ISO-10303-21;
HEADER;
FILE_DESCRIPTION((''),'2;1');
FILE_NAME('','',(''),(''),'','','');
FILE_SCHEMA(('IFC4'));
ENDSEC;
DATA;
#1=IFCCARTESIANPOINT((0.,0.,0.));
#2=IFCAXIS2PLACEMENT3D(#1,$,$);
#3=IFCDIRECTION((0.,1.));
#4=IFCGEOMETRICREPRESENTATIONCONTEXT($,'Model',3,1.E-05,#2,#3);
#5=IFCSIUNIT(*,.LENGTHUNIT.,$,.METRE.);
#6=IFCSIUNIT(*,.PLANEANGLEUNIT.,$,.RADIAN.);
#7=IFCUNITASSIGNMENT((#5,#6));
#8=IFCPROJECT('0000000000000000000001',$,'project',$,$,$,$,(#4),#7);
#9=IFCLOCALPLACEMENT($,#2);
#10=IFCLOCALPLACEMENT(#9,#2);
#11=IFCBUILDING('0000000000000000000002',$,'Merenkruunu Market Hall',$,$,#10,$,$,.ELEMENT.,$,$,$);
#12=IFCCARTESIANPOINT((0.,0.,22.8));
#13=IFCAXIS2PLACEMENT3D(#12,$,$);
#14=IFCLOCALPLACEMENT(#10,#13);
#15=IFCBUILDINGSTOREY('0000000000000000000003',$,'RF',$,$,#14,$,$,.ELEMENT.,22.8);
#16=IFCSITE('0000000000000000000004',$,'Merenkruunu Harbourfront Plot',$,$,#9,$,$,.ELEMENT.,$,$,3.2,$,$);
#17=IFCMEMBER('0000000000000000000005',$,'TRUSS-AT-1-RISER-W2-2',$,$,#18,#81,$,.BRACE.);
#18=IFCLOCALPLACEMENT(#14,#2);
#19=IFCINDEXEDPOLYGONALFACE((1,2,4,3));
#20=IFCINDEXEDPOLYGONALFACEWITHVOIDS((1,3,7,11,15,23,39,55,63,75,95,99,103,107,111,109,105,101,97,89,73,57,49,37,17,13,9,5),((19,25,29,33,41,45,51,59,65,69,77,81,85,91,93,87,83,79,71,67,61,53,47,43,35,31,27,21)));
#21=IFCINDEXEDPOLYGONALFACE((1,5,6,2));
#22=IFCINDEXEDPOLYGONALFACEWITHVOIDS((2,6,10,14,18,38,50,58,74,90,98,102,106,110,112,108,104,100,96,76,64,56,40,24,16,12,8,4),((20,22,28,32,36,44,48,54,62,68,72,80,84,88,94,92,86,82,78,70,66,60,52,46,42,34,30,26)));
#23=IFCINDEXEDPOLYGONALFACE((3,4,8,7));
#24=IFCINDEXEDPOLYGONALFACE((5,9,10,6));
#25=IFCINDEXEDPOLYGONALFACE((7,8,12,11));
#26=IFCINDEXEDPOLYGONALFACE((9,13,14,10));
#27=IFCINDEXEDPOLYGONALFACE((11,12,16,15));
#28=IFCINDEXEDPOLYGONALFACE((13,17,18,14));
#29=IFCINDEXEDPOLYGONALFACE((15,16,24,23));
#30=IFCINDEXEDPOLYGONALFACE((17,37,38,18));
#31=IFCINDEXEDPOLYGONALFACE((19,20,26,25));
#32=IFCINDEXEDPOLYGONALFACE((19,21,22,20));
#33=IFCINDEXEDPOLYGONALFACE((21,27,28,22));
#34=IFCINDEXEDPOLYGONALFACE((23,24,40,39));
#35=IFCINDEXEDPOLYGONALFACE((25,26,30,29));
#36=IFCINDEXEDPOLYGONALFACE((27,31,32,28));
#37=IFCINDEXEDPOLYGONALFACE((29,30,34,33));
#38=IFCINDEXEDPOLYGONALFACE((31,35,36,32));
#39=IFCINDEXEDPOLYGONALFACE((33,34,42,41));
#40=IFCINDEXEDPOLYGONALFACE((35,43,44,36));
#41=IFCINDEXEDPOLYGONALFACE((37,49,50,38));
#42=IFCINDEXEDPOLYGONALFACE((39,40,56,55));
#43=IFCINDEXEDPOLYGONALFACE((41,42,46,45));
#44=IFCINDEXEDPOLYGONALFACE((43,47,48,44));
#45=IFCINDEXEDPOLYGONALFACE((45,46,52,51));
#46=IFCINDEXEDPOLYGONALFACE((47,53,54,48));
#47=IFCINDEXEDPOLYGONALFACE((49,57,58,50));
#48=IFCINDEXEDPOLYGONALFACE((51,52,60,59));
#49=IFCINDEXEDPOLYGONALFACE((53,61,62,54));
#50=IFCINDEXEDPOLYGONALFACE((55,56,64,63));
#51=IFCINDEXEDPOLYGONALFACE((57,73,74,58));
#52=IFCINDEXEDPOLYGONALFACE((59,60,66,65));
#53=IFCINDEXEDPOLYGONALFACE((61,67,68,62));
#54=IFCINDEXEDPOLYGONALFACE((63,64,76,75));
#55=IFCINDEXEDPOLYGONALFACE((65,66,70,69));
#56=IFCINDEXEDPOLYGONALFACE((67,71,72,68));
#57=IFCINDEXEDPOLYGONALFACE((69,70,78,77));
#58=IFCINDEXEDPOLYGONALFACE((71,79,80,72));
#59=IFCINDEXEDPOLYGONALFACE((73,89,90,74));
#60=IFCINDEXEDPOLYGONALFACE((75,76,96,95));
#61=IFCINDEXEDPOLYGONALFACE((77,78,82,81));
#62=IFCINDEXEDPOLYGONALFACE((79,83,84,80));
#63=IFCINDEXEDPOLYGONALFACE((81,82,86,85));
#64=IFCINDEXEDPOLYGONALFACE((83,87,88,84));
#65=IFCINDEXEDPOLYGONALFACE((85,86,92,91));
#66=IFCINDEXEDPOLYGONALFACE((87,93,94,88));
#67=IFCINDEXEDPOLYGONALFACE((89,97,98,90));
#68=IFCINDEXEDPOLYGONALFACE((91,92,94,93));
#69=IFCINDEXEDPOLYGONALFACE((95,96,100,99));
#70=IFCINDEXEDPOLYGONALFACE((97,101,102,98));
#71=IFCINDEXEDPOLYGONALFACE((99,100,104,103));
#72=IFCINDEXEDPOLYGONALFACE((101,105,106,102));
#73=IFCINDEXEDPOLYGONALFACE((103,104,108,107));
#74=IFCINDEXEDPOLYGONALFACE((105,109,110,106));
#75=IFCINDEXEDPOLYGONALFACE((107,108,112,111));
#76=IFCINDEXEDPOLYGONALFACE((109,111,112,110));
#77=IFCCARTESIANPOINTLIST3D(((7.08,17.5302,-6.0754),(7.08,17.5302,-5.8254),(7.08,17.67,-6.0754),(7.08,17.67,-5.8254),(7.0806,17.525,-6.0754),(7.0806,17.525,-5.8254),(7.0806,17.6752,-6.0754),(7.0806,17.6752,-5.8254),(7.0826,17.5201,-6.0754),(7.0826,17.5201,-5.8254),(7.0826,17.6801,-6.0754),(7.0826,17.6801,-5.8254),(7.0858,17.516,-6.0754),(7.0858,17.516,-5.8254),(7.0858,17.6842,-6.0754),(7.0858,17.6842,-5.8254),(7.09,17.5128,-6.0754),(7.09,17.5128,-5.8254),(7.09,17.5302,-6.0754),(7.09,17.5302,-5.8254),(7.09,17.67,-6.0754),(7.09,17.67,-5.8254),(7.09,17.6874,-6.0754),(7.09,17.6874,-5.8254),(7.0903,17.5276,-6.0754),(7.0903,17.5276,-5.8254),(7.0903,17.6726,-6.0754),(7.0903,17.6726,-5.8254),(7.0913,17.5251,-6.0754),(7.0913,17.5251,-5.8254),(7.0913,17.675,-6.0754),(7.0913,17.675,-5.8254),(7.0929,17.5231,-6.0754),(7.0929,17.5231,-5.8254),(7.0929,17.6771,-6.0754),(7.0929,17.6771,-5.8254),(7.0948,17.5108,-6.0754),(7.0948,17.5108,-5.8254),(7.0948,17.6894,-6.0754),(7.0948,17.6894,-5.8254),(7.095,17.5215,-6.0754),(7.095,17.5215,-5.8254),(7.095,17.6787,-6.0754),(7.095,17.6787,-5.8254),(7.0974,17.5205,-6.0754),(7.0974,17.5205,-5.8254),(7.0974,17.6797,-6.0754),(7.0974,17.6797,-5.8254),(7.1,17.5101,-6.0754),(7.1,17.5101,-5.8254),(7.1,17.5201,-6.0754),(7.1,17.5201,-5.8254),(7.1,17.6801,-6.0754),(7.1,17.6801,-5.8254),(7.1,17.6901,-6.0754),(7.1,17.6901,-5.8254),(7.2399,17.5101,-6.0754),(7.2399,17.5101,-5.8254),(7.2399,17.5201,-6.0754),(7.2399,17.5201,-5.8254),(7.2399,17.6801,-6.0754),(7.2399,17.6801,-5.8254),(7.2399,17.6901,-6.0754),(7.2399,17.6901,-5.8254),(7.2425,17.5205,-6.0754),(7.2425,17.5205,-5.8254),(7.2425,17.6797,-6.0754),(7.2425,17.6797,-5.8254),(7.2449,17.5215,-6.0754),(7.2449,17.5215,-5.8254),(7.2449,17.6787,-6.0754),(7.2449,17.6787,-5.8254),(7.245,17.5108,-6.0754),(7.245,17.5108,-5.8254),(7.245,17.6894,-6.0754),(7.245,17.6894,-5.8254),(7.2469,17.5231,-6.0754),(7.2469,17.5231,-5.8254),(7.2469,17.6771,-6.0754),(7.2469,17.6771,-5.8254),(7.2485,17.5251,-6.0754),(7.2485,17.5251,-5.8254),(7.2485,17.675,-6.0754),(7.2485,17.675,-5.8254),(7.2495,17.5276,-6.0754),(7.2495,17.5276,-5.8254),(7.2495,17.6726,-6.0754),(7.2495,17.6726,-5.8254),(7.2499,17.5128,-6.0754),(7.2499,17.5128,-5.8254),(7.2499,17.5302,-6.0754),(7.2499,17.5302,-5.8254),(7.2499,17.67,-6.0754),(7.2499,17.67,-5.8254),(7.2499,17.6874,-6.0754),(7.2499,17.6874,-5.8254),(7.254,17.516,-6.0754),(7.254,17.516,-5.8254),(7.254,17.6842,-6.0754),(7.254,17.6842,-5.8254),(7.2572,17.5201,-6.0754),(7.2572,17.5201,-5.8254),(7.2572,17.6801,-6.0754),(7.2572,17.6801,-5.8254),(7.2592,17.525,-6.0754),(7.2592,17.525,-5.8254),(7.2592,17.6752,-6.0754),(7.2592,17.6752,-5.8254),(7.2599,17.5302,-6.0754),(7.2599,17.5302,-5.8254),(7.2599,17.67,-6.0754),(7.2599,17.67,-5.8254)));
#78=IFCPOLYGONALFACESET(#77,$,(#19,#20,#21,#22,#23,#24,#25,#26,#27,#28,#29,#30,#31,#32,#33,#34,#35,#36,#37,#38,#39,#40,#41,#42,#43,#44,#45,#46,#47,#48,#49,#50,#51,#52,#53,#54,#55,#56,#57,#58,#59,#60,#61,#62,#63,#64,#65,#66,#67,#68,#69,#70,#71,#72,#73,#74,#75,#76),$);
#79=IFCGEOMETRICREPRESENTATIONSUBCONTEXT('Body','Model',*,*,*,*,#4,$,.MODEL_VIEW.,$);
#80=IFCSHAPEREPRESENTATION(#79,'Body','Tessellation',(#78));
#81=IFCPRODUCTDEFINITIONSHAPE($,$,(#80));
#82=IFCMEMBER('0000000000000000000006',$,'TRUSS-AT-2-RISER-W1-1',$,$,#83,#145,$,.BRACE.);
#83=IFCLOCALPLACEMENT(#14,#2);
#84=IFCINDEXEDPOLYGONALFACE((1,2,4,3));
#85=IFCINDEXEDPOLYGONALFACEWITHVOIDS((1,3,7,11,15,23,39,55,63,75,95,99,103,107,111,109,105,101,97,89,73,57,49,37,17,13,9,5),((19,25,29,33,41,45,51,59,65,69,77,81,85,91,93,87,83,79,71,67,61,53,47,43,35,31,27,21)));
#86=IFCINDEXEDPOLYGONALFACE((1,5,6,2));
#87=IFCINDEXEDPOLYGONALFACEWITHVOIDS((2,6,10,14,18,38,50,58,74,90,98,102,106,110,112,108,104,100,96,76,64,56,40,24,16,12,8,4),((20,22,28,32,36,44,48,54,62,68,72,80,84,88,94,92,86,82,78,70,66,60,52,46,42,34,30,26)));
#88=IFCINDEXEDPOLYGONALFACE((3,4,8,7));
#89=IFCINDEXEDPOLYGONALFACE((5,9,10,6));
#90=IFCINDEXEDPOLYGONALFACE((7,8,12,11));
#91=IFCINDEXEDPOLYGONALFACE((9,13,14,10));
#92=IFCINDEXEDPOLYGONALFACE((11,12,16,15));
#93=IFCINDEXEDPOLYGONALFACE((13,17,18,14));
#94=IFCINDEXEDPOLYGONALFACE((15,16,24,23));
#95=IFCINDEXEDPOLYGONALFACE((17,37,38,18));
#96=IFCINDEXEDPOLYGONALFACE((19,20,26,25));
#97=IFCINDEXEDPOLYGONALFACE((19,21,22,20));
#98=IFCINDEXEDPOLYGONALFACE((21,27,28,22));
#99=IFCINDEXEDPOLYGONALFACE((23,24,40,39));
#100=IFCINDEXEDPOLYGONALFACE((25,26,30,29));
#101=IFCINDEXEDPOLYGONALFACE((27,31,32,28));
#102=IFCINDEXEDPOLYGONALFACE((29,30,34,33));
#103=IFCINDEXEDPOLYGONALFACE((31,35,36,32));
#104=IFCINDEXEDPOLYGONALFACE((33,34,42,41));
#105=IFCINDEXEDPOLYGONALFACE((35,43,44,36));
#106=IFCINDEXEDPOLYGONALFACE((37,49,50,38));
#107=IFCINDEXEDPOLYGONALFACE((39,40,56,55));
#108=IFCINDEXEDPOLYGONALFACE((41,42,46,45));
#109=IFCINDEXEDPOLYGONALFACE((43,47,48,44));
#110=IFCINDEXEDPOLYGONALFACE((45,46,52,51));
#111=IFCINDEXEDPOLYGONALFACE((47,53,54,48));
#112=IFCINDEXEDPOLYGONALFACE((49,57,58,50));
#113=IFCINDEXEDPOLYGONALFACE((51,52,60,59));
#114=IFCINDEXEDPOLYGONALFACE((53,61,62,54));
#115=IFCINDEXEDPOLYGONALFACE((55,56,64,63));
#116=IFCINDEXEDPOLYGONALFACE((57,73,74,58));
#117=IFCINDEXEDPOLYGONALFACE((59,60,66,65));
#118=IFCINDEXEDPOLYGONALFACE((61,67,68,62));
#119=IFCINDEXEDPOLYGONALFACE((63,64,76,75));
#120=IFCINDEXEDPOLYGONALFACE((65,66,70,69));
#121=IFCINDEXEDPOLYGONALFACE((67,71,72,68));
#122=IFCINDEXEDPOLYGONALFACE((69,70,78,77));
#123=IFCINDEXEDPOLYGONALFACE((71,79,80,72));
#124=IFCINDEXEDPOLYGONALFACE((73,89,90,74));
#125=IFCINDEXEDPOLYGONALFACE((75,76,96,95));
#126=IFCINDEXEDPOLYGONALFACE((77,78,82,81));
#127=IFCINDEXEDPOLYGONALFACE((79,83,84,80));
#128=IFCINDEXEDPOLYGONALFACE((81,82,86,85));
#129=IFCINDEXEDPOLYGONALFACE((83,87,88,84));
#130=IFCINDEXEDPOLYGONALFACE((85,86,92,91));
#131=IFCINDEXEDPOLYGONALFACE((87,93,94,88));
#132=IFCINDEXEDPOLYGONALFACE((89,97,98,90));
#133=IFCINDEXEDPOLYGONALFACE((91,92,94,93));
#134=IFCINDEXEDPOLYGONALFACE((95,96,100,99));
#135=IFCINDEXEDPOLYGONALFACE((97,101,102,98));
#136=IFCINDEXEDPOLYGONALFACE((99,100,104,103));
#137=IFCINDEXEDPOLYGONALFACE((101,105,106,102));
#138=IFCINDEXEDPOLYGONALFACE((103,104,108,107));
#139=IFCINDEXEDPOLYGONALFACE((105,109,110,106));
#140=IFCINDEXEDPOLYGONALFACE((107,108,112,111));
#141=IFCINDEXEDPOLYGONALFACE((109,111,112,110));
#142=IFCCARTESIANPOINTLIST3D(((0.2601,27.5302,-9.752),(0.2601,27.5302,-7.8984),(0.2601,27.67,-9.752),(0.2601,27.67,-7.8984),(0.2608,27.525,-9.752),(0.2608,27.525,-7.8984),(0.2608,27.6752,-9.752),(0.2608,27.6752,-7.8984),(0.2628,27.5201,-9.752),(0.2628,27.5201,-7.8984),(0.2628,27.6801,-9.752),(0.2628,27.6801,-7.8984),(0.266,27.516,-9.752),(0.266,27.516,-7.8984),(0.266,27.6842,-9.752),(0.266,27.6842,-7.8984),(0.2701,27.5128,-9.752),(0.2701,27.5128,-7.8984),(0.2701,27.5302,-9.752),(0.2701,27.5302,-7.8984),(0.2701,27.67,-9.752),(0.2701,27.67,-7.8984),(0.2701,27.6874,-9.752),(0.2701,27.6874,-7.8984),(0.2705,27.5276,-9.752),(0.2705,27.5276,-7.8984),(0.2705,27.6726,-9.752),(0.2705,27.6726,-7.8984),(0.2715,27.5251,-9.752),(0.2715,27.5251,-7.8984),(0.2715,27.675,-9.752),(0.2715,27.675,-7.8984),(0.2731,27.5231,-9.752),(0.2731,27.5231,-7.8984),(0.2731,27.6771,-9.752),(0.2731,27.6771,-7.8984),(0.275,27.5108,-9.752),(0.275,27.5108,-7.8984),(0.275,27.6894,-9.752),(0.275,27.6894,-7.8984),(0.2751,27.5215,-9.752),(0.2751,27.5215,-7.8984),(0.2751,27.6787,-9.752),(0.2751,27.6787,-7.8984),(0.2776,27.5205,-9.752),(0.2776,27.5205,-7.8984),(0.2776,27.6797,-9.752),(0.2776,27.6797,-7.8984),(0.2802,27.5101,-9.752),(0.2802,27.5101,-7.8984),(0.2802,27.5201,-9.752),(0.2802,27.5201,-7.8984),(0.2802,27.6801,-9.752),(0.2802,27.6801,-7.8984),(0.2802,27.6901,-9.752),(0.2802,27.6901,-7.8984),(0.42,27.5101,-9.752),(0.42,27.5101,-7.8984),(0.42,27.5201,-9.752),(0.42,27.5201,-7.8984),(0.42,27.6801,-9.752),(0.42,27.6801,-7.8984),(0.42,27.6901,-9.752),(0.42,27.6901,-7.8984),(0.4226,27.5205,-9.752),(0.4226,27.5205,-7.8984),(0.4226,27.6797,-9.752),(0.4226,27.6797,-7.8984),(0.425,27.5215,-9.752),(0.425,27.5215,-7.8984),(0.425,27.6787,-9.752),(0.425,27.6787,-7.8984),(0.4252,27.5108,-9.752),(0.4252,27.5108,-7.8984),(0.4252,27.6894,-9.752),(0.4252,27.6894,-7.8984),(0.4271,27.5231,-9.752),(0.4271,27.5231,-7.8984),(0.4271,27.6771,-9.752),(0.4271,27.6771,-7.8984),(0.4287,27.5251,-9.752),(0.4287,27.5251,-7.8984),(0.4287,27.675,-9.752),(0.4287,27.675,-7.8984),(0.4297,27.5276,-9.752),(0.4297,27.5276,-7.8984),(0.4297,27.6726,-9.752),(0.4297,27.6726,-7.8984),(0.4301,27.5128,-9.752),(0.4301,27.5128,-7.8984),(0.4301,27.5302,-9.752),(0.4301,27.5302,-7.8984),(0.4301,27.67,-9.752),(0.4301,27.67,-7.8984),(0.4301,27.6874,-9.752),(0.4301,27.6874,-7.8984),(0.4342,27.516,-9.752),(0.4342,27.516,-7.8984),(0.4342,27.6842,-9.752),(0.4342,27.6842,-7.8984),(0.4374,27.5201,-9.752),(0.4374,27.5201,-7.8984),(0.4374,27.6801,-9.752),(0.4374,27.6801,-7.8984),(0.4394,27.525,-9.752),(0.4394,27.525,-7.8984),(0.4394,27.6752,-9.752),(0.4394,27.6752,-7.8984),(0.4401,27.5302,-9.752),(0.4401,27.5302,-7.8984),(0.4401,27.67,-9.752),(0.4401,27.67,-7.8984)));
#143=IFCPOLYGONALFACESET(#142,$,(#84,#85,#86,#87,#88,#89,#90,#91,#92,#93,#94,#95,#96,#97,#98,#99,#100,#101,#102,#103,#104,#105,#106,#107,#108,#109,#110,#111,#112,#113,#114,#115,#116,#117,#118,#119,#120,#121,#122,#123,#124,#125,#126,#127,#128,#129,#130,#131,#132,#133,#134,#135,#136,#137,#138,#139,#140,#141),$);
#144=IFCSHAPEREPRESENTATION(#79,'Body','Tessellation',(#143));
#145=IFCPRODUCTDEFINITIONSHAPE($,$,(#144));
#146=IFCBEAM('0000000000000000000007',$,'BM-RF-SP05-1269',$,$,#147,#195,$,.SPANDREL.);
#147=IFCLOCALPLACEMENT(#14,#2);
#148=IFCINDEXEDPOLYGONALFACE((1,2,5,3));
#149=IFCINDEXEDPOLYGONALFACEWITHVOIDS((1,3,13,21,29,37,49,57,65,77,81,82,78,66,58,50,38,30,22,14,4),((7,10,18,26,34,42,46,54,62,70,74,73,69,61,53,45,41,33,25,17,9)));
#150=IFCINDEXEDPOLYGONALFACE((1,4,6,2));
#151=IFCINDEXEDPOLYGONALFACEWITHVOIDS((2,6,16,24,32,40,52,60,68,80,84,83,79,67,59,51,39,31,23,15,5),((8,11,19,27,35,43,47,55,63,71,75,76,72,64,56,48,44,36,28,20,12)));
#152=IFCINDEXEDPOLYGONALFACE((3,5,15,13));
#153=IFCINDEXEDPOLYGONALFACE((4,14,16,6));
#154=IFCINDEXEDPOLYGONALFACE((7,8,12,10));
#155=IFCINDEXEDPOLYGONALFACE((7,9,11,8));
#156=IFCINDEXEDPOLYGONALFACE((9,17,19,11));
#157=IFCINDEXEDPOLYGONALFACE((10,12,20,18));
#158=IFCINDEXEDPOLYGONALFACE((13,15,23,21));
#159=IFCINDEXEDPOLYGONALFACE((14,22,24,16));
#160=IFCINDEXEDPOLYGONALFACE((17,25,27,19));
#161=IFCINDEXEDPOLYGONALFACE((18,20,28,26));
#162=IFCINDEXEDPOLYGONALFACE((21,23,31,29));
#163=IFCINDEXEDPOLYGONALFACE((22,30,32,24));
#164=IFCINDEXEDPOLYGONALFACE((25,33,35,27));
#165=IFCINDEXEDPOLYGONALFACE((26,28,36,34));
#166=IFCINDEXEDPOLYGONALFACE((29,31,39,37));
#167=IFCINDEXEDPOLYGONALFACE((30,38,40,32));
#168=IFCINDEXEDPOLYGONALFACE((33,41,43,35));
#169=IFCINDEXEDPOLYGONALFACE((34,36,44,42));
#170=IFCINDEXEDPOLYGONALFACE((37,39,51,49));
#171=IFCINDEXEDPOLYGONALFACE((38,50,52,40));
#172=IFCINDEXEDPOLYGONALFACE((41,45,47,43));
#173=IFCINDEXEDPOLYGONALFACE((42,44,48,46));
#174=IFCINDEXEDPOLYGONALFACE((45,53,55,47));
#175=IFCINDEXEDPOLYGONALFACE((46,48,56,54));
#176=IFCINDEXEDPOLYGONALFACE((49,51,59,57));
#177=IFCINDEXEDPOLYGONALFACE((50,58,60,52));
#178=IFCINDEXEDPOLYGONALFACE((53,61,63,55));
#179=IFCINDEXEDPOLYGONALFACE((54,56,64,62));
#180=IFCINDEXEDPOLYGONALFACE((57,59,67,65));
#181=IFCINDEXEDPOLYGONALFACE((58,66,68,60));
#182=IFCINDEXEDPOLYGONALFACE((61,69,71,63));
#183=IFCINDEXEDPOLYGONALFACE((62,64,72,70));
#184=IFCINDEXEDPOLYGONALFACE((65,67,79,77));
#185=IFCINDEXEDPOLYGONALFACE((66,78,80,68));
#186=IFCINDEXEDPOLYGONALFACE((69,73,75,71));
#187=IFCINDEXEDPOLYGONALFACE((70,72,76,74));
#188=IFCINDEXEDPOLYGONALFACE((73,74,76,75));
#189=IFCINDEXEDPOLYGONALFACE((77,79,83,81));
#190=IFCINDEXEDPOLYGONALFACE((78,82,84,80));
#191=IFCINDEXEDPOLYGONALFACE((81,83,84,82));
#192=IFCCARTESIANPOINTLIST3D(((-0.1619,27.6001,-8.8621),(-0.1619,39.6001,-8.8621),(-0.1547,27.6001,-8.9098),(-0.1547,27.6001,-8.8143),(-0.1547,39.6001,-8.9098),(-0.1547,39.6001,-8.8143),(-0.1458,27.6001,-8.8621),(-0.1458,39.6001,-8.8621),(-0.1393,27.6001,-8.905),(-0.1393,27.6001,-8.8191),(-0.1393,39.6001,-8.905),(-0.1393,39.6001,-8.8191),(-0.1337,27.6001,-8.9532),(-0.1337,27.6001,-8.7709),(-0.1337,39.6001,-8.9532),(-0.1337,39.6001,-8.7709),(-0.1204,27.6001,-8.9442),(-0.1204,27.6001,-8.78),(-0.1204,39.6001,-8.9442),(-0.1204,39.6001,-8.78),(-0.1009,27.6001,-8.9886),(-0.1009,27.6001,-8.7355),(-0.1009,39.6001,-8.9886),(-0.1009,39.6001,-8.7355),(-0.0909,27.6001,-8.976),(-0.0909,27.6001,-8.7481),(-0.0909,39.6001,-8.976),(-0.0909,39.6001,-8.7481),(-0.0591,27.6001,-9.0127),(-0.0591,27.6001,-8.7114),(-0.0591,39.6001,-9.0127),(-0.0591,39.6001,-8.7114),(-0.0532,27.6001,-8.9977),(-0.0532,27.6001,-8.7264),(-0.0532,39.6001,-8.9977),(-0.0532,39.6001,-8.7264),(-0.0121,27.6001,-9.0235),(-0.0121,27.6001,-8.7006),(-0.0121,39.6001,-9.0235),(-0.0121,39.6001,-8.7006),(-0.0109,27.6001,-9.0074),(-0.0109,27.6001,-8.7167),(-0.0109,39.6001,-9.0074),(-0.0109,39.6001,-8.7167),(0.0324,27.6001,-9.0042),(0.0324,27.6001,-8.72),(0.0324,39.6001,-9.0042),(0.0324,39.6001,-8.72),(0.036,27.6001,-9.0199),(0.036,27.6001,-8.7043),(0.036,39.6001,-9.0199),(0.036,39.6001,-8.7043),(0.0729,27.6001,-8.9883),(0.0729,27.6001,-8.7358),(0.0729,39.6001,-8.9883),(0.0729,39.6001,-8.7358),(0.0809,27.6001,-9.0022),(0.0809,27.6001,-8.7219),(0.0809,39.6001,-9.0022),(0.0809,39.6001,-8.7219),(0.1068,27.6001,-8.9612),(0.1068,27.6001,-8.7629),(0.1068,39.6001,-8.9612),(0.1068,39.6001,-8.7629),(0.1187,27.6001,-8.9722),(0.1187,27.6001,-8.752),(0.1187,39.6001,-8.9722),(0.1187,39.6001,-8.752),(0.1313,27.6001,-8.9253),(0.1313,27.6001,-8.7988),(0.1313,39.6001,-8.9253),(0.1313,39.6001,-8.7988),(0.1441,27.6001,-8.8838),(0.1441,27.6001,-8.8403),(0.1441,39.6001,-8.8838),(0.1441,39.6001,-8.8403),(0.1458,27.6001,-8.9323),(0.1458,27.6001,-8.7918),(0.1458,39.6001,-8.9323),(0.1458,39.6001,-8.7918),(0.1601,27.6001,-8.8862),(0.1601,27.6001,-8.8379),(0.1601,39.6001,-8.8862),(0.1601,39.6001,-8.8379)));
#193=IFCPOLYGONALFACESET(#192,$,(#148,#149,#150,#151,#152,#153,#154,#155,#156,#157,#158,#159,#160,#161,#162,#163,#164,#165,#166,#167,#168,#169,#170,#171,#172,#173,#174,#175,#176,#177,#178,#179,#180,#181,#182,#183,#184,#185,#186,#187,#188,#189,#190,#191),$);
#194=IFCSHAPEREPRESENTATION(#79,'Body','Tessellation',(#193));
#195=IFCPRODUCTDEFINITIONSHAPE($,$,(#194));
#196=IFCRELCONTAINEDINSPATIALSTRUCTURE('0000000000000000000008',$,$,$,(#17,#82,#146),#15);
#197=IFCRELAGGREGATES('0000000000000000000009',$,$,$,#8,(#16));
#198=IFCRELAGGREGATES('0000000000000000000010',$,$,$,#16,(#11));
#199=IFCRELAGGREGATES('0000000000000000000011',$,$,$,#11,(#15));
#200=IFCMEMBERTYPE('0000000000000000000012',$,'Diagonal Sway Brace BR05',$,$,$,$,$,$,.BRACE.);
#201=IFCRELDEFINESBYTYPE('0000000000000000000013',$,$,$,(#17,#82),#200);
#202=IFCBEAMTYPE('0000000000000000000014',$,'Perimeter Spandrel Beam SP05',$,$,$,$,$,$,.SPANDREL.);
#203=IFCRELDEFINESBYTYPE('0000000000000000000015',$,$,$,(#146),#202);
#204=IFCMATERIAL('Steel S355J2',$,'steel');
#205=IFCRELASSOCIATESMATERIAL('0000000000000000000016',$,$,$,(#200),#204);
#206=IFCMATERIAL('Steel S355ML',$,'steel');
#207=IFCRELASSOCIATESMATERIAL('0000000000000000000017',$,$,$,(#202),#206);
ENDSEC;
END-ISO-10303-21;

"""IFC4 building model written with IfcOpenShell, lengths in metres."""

from ifc_helpers import new_model, si_unit, direction, frame, origin, origin_2d, place, context, subcontext, project, spatial, hollow_rectangle, hollow_circle, extrude, material, material_profile, profile_set, type_object, element, save


model = new_model("IFC4")

# Units and contexts
model_context = context("Model", 3, precision=1e-05, world=origin(), true_north=direction((0.0, 1.0)))
body_context = subcontext(model_context, "Body", "Model", "MODEL_VIEW")
ifc_project = project(units=[si_unit("LENGTHUNIT", "METRE"), si_unit("PLANEANGLEUNIT", "RADIAN")], contexts=[model_context])

# Site, building, storey
site_placement = place(None, origin())
site = spatial("IfcSite", under=ifc_project, at=site_placement, Name="Merenkruunu Harbourfront Plot", CompositionType="ELEMENT", RefElevation=3.2)
building_placement = place(site_placement, origin())
building = spatial("IfcBuilding", under=site, at=building_placement, Name="Merenkruunu Market Hall", CompositionType="ELEMENT")
storey_placement = place(building_placement, frame((0.0, 0.0, 22.8)))
storey = spatial("IfcBuildingStorey", under=building, at=storey_placement, Name="RF", CompositionType="ELEMENT", Elevation=22.8)

# Shared definitions
ifc_material_1 = material(Name="Steel S355ML", Category="steel")

# Members
ifc_material_2 = material(Name="Steel S355J2", Category="steel")
ifc_material_profile_1 = material_profile(ifc_material_2, hollow_rectangle(XDim=0.1799, YDim=0.1799, WallThickness=0.01, InnerFilletRadius=0.01, OuterFilletRadius=0.02, at=origin_2d()), Name="SHS 180x180x10")
ifc_profile_set_1 = profile_set([ifc_material_profile_1], Name="Steel S355J2")
member_type_1 = type_object("IfcMemberType", Name="Diagonal Sway Brace BR05", PredefinedType="BRACE", material=ifc_profile_set_1)
member_1_placement = place(storey_placement, frame((7.1699, 17.6001, -6.0754), z_axis=(0.0, 0.0, 1.0), x_axis=(1.0, 0.0, 0.0)))
element("IfcMember", 1, at=member_1_placement, inside=storey, type_object=member_type_1, Name="TRUSS-AT-1-RISER-W2-2", PredefinedType="BRACE", context=body_context, shape_type="SweptSolid", body=[
    extrude(hollow_rectangle(XDim=0.1799, YDim=0.1799, WallThickness=0.01, InnerFilletRadius=0.01, OuterFilletRadius=0.02, at=origin_2d()), origin(), (0.0, 0.0, 1.0), 0.25),
])
member_2_placement = place(storey_placement, frame((0.3501, 27.6001, -9.752), z_axis=(0.0, 0.0, 1.0), x_axis=(1.0, 0.0, 0.0)))
element("IfcMember", 2, at=member_2_placement, inside=storey, type_object=member_type_1, Name="TRUSS-AT-2-RISER-W1-1", PredefinedType="BRACE", context=body_context, shape_type="SweptSolid", body=[
    extrude(hollow_rectangle(XDim=0.1799, YDim=0.1799, WallThickness=0.01, InnerFilletRadius=0.01, OuterFilletRadius=0.02, at=origin_2d()), origin(), (0.0, 0.0, 1.0), 1.8535),
])

# Beam
ifc_material_profile_2 = material_profile(ifc_material_1, hollow_circle(Radius=0.1619, WallThickness=0.0161, at=origin_2d()), Name="CHS 323.9x16")
ifc_profile_set_2 = profile_set([ifc_material_profile_2], Name="Steel S355ML")
beam_type = type_object("IfcBeamType", Name="Perimeter Spandrel Beam SP05", PredefinedType="SPANDREL", material=ifc_profile_set_2)
beam_placement = place(storey_placement, frame((0.0, 27.6001, -8.8621), z_axis=(0.0, 1.0, 0.0), x_axis=(-1.0, 0.0, 0.0)))
element("IfcBeam", 3, at=beam_placement, inside=storey, type_object=beam_type, Name="BM-RF-SP05-1269", PredefinedType="SPANDREL", context=body_context, shape_type="SweptSolid", body=[
    extrude(hollow_circle(Radius=0.1619, WallThickness=0.0161, at=origin_2d()), origin(), (0.0, 0.0, 1.0), 12.0),
])

save(model, "model.ifc")
